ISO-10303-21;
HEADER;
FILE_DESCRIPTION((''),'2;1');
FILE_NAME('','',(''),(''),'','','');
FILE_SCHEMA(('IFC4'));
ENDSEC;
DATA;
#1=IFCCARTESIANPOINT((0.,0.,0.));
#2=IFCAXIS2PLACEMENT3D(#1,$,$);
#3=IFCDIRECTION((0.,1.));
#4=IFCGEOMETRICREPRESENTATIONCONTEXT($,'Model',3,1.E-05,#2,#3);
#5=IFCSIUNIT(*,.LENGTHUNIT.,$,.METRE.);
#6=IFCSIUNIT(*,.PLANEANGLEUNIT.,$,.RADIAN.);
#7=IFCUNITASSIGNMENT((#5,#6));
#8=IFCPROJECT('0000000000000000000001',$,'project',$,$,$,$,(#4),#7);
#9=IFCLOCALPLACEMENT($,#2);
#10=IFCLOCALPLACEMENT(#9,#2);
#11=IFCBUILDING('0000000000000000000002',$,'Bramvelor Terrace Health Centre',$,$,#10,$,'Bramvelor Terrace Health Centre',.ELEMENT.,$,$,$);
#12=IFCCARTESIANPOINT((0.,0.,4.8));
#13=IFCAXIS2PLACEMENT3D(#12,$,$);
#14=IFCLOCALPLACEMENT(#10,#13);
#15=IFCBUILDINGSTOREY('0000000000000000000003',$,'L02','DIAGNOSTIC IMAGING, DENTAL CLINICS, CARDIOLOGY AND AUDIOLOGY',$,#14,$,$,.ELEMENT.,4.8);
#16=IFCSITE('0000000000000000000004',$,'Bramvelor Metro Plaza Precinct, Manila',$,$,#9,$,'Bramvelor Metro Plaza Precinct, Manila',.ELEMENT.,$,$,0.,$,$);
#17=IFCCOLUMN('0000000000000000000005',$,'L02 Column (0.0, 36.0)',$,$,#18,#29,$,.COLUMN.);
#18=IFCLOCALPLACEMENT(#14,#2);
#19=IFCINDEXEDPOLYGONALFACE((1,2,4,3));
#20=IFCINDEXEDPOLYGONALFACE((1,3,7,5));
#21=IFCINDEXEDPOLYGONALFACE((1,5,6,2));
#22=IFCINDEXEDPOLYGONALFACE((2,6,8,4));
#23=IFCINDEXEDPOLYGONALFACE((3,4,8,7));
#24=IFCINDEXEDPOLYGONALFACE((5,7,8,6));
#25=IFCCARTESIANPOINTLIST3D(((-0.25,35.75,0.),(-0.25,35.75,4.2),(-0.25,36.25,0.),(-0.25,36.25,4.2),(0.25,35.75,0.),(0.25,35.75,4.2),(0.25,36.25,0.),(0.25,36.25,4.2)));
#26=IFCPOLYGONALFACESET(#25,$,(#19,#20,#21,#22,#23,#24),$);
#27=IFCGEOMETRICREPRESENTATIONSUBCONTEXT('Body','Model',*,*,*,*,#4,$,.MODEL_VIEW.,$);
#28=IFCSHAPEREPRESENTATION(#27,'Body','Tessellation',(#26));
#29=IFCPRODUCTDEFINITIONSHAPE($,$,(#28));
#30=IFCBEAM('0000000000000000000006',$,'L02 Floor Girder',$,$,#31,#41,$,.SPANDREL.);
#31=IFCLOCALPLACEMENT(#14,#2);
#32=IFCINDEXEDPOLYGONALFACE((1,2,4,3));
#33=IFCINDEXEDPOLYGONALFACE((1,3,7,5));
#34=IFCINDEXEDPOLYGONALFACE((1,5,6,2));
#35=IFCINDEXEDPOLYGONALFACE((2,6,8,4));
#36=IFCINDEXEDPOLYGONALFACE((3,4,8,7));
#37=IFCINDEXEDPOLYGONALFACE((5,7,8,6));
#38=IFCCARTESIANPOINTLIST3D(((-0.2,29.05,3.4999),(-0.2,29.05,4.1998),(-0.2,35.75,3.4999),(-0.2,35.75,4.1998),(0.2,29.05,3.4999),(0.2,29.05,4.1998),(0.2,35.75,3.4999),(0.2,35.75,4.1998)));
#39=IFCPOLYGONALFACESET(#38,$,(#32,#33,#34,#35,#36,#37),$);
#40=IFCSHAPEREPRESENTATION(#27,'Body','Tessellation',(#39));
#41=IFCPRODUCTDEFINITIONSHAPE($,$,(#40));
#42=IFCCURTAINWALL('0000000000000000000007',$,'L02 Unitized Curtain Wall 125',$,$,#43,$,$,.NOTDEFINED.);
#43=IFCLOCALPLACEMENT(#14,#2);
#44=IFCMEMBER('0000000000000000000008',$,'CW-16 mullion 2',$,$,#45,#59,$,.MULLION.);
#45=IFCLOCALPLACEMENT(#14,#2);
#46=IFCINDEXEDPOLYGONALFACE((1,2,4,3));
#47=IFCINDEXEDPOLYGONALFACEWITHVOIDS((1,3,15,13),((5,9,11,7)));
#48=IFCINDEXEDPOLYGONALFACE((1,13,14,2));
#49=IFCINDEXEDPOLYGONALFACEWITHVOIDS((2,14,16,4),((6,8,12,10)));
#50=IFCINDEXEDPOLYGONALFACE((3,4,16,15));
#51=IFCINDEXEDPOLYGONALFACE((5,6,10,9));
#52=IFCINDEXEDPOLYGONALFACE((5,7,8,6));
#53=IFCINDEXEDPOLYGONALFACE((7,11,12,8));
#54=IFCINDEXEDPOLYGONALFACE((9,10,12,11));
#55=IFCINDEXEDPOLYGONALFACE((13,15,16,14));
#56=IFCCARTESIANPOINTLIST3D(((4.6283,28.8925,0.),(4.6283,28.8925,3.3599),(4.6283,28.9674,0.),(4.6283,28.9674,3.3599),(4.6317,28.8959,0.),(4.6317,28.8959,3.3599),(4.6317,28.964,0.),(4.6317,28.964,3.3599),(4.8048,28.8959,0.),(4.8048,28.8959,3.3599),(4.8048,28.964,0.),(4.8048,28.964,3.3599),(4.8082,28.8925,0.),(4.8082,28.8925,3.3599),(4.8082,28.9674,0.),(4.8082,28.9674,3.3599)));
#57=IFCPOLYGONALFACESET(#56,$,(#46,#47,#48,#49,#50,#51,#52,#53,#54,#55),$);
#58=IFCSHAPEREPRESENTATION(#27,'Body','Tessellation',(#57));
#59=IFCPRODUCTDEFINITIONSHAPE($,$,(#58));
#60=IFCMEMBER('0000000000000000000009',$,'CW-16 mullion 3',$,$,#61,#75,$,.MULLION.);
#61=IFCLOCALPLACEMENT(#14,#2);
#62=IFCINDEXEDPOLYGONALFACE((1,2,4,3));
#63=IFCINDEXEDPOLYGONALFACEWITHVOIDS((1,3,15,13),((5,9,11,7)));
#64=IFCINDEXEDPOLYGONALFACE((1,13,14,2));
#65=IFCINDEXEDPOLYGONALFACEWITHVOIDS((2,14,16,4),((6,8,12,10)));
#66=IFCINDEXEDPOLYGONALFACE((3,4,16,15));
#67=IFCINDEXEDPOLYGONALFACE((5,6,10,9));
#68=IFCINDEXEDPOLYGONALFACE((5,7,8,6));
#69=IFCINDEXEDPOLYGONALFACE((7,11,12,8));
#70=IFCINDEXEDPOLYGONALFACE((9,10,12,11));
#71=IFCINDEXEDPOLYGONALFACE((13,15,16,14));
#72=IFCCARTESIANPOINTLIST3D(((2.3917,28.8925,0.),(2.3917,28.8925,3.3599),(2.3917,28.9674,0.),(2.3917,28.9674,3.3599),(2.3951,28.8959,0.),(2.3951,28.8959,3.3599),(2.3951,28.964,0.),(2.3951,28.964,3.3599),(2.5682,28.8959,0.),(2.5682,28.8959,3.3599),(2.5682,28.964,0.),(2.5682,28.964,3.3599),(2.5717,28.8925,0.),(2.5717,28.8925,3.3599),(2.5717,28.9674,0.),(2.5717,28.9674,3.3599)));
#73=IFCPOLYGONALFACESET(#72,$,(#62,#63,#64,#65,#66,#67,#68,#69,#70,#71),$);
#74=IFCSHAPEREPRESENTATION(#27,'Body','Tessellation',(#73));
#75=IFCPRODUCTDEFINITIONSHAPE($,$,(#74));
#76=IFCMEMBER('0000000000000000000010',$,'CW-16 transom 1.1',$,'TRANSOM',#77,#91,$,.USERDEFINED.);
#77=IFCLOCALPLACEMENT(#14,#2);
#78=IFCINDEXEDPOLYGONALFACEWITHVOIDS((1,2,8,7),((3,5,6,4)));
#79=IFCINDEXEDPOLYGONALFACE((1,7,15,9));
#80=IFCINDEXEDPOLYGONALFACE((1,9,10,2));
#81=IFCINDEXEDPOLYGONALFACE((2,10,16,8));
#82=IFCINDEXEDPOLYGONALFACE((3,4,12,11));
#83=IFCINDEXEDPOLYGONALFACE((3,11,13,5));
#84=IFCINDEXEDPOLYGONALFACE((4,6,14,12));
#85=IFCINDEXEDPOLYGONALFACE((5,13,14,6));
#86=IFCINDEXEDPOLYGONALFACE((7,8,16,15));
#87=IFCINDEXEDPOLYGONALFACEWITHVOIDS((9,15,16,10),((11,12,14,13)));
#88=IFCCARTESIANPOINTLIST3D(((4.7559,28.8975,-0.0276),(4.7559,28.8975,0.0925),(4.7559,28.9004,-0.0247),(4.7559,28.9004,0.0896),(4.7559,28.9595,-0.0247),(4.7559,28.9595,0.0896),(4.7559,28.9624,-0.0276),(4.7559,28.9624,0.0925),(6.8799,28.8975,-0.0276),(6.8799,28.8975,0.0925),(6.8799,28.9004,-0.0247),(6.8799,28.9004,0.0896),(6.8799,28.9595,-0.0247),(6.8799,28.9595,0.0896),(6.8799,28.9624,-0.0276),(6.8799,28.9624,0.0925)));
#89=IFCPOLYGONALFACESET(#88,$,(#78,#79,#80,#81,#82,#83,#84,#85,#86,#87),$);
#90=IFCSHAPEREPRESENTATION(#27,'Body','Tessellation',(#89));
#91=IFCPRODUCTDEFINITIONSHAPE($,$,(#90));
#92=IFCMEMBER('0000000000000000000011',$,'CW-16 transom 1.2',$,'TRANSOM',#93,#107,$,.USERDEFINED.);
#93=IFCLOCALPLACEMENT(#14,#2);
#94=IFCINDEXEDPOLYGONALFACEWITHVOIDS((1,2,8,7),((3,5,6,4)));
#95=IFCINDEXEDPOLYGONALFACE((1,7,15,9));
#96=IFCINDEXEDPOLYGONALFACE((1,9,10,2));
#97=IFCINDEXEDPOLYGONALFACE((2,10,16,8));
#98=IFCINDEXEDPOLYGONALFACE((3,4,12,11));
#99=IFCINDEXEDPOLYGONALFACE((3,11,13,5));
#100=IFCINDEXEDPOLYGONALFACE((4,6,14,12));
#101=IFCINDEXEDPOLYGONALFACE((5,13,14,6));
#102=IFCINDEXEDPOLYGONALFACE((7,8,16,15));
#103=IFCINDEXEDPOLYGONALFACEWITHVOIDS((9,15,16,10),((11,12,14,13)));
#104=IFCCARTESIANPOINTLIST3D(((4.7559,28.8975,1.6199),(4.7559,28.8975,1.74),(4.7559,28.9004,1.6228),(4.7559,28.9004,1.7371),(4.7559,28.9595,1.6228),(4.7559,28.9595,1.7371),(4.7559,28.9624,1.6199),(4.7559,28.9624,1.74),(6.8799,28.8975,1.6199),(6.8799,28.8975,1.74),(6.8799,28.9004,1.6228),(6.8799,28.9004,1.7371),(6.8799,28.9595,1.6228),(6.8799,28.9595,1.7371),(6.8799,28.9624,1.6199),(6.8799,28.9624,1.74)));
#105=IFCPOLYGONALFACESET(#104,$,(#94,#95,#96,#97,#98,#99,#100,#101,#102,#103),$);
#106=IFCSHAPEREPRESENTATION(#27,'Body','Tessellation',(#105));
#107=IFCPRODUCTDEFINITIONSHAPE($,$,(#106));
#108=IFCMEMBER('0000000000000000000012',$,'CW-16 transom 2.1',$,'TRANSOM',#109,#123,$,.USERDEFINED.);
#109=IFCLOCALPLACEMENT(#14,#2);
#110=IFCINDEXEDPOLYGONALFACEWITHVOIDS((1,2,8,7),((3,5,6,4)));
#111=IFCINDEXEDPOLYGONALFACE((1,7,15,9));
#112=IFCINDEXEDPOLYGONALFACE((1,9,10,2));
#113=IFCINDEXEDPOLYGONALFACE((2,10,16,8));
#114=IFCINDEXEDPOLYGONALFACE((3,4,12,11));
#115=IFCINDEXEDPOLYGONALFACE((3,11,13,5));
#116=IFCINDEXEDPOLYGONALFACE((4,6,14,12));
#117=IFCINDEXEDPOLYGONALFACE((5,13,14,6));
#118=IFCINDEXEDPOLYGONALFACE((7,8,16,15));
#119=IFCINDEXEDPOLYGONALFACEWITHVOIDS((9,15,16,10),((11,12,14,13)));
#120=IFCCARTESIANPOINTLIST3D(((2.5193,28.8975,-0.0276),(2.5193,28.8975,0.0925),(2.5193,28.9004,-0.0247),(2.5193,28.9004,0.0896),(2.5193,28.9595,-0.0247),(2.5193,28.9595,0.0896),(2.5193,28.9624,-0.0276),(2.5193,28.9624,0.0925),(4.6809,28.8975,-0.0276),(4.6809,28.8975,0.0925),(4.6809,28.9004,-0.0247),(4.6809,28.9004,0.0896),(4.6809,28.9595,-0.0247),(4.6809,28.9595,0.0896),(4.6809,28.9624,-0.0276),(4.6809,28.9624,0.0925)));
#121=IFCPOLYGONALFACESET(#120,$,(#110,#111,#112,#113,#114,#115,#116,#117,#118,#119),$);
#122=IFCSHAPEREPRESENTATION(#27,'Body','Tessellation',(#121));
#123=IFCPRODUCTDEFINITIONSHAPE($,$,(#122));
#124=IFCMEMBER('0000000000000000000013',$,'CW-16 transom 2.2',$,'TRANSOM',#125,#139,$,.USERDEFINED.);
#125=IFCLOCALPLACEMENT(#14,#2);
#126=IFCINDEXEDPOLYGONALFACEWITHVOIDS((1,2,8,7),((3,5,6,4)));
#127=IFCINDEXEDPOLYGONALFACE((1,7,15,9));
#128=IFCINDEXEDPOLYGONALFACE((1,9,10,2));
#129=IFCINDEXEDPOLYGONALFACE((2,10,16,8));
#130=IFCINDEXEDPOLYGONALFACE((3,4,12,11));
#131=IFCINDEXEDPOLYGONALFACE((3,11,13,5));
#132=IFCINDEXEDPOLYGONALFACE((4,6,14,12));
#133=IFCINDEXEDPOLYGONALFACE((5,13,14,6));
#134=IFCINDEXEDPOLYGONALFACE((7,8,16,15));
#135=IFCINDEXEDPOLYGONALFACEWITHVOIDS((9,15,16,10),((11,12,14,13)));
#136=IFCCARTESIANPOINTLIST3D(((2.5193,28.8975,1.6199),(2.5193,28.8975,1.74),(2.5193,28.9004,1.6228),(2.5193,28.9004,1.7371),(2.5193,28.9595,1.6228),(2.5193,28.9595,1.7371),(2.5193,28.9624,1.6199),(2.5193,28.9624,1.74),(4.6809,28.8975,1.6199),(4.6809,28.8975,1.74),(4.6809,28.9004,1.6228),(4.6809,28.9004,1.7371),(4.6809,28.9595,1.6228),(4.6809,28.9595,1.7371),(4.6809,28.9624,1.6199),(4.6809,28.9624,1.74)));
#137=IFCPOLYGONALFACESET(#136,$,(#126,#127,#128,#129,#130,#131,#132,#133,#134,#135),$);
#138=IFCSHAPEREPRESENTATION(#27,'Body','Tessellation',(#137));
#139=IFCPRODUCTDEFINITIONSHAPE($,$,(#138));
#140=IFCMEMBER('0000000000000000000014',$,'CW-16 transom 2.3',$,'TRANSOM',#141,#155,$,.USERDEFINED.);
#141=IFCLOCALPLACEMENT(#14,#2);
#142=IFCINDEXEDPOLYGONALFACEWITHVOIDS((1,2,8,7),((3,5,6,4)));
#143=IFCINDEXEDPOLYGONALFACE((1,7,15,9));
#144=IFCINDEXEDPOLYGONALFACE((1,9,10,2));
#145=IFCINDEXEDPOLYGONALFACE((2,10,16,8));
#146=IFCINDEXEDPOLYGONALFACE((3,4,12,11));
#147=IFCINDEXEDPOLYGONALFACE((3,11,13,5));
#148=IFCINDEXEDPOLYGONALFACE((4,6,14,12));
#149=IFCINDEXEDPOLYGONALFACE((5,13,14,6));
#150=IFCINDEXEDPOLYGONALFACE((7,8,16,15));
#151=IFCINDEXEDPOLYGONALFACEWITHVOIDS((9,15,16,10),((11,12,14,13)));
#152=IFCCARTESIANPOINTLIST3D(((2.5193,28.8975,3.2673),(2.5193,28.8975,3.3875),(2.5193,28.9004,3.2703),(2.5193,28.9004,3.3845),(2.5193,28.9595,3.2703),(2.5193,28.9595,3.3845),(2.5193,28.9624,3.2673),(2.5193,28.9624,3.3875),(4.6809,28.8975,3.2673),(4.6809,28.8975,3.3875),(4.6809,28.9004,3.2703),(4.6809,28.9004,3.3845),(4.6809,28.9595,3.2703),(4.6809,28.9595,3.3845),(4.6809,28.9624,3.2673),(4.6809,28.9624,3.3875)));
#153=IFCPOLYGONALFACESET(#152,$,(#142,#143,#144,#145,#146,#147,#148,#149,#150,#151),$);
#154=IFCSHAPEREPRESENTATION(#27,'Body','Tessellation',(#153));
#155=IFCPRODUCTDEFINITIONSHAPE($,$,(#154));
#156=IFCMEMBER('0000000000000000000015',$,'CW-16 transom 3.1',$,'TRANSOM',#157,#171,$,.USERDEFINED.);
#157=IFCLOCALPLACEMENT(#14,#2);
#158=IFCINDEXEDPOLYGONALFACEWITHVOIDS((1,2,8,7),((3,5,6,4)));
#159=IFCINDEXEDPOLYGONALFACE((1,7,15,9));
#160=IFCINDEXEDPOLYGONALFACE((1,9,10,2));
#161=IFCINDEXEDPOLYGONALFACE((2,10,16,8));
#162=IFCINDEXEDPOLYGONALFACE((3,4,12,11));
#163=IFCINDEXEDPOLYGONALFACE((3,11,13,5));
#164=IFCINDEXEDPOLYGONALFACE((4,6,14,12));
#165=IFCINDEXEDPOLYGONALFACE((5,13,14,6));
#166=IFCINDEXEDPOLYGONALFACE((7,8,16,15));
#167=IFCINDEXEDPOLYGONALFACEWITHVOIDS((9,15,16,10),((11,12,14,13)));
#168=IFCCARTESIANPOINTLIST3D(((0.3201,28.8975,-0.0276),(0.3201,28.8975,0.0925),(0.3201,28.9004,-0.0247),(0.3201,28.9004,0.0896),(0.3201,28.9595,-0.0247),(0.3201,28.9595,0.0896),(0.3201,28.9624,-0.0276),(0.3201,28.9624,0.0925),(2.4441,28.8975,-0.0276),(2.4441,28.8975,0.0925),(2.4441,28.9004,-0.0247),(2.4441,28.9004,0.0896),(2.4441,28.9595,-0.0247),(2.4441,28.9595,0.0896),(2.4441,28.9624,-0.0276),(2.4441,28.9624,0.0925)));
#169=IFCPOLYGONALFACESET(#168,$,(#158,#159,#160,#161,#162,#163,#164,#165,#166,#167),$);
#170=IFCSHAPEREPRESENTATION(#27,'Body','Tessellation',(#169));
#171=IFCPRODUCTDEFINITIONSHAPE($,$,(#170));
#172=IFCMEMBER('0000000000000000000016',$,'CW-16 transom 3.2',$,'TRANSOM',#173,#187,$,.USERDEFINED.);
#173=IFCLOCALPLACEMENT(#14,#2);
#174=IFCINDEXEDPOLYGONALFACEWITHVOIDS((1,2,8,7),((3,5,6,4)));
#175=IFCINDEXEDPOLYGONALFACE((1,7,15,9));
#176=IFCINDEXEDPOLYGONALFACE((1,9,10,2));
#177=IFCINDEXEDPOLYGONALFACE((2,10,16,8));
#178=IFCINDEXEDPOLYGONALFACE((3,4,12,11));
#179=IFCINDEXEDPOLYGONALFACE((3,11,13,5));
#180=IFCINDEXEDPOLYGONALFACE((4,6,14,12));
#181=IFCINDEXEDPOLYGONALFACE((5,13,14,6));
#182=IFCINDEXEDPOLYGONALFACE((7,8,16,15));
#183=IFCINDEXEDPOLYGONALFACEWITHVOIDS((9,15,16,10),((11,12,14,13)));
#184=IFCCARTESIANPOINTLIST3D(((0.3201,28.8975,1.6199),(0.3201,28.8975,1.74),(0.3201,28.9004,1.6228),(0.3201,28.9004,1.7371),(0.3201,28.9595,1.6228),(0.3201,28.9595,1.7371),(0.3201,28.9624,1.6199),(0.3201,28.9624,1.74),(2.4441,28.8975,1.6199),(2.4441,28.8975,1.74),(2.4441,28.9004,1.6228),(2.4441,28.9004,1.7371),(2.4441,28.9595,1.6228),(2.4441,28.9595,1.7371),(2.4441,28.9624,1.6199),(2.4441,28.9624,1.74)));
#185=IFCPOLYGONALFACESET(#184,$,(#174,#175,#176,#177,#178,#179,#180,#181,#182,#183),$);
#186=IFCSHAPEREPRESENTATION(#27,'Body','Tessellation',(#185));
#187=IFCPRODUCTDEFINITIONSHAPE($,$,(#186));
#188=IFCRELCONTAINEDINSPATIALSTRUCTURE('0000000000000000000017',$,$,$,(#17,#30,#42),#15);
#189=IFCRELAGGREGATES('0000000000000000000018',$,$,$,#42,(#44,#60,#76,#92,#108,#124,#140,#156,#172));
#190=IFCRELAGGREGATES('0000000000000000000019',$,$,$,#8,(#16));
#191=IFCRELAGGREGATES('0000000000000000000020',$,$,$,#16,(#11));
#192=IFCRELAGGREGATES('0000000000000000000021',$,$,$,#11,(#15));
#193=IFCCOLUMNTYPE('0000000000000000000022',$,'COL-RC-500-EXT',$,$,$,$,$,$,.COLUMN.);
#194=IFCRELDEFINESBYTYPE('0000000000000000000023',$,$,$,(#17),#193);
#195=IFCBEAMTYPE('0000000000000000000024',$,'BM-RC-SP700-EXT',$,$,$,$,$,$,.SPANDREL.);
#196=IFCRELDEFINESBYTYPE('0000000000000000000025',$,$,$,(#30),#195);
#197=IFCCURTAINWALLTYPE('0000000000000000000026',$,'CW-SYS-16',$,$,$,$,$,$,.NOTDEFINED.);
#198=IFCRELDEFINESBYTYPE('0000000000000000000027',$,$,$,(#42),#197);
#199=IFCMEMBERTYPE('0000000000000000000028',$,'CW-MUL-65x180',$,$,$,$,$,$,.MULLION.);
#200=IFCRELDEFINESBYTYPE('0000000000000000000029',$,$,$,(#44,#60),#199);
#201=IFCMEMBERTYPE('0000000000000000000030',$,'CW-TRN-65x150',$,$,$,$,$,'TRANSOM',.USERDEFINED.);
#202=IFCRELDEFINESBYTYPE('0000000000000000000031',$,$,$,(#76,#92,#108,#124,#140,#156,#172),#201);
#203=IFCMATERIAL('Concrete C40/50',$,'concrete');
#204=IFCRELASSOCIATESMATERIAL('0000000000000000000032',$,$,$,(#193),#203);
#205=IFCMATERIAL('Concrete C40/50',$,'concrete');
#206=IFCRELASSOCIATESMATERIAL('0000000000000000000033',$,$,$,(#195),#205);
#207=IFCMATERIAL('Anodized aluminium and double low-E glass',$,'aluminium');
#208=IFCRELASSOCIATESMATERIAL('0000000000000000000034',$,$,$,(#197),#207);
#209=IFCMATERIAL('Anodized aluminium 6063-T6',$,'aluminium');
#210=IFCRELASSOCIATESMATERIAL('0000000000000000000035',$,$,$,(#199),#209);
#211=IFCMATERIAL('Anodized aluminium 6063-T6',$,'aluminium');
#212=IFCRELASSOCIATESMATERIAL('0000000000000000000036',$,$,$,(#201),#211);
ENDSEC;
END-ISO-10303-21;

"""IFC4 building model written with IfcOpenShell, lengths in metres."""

from ifc_helpers import new_model, si_unit, direction, frame, origin, origin_2d, place, context, subcontext, project, spatial, rectangle, hollow_rectangle, extrude, material, material_profile, profile_set, type_object, element, aggregate, save


model = new_model("IFC4")

# Units and contexts
model_context = context("Model", 3, precision=1e-05, world=origin(), true_north=direction((0.0, 1.0)))
body_context = subcontext(model_context, "Body", "Model", "MODEL_VIEW")
ifc_project = project(units=[si_unit("LENGTHUNIT", "METRE"), si_unit("PLANEANGLEUNIT", "RADIAN")], contexts=[model_context])

# Site, building, storey
site_placement = place(None, origin())
site = spatial("IfcSite", under=ifc_project, at=site_placement, Name="Bramvelor Metro Plaza Precinct, Manila", LongName="Bramvelor Metro Plaza Precinct, Manila", CompositionType="ELEMENT", RefElevation=0.0)
building_placement = place(site_placement, origin())
building = spatial("IfcBuilding", under=site, at=building_placement, Name="Bramvelor Terrace Health Centre", LongName="Bramvelor Terrace Health Centre", CompositionType="ELEMENT")
storey_placement = place(building_placement, frame((0.0, 0.0, 4.8)))
storey = spatial("IfcBuildingStorey", under=building, at=storey_placement, Name="L02", Description="DIAGNOSTIC IMAGING, DENTAL CLINICS, CARDIOLOGY AND AUDIOLOGY", CompositionType="ELEMENT", Elevation=4.8)

# Column
ifc_material_1 = material(Name="Concrete C40/50", Category="concrete")
ifc_material_profile_1 = material_profile(ifc_material_1, rectangle(XDim=0.5, YDim=0.5, at=origin_2d()), Name="RC 500x500")
ifc_profile_set_1 = profile_set([ifc_material_profile_1], Name="Concrete C40/50")
column_type = type_object("IfcColumnType", Name="COL-RC-500-EXT", PredefinedType="COLUMN", material=ifc_profile_set_1)
column_placement = place(storey_placement, frame((0.0, 36.0, 0.0), z_axis=(0.0, 0.0, 1.0), x_axis=(1.0, 0.0, 0.0)))
element("IfcColumn", 1, at=column_placement, inside=storey, type_object=column_type, Name="L02 Column (0.0, 36.0)", PredefinedType="COLUMN", context=body_context, shape_type="SweptSolid", body=[
    extrude(rectangle(XDim=0.5, YDim=0.5, at=origin_2d()), origin(), (0.0, 0.0, 1.0), 4.2),
])

# Beam
ifc_material_2 = material(Name="Concrete C40/50", Category="concrete")
ifc_material_profile_2 = material_profile(ifc_material_2, rectangle(XDim=0.3999, YDim=0.7, at=origin_2d()), Name="RC 400x700")
ifc_profile_set_2 = profile_set([ifc_material_profile_2], Name="Concrete C40/50")
beam_type = type_object("IfcBeamType", Name="BM-RC-SP700-EXT", PredefinedType="SPANDREL", material=ifc_profile_set_2)
beam_placement = place(storey_placement, frame((0.0, 29.05, 3.8499), z_axis=(0.0, 1.0, 0.0), x_axis=(-1.0, 0.0, 0.0)))
element("IfcBeam", 2, at=beam_placement, inside=storey, type_object=beam_type, Name="L02 Floor Girder", PredefinedType="SPANDREL", context=body_context, shape_type="SweptSolid", body=[
    extrude(rectangle(XDim=0.3999, YDim=0.7, at=origin_2d()), origin(), (0.0, 0.0, 1.0), 6.7),
])

# Curtain wall, members
ifc_material_3 = material(Name="Anodized aluminium and double low-E glass", Category="aluminium")
curtain_wall_type = type_object("IfcCurtainWallType", Name="CW-SYS-16", PredefinedType="NOTDEFINED", material=ifc_material_3)
curtain_wall_placement = place(storey_placement, origin())
curtain_wall = element("IfcCurtainWall", 3, at=curtain_wall_placement, inside=storey, type_object=curtain_wall_type, Name="L02 Unitized Curtain Wall 125", PredefinedType="NOTDEFINED")
ifc_material_4 = material(Name="Anodized aluminium 6063-T6", Category="aluminium")
ifc_material_profile_3 = material_profile(ifc_material_4, hollow_rectangle(XDim=0.075, YDim=0.1799, WallThickness=0.0034, at=origin_2d()), Name="ALU-MUL 75x180x3.5")
ifc_profile_set_3 = profile_set([ifc_material_profile_3], Name="Anodized aluminium 6063-T6")
member_type_1 = type_object("IfcMemberType", Name="CW-MUL-65x180", PredefinedType="MULLION", material=ifc_profile_set_3)
member_1_placement = place(storey_placement, frame((4.7183, 28.9299, 0.0), z_axis=(0.0, 0.0, 1.0), x_axis=(0.0, -1.0, 0.0)))
member_1 = element("IfcMember", 4, at=member_1_placement, type_object=member_type_1, Name="CW-16 mullion 2", PredefinedType="MULLION", context=body_context, shape_type="SweptSolid", body=[
    extrude(hollow_rectangle(XDim=0.075, YDim=0.1799, WallThickness=0.0034, at=origin_2d()), origin(), (0.0, 0.0, 1.0), 3.3599),
])
member_2_placement = place(storey_placement, frame((2.4817, 28.9299, 0.0), z_axis=(0.0, 0.0, 1.0), x_axis=(0.0, -1.0, 0.0)))
member_2 = element("IfcMember", 5, at=member_2_placement, type_object=member_type_1, Name="CW-16 mullion 3", PredefinedType="MULLION", context=body_context, shape_type="SweptSolid", body=[
    extrude(hollow_rectangle(XDim=0.075, YDim=0.1799, WallThickness=0.0034, at=origin_2d()), origin(), (0.0, 0.0, 1.0), 3.3599),
])
ifc_material_5 = material(Name="Anodized aluminium 6063-T6", Category="aluminium")
ifc_material_profile_4 = material_profile(ifc_material_5, hollow_rectangle(XDim=0.0649, YDim=0.1201, WallThickness=0.0029, at=origin_2d()), Name="ALU-TRN 65x120x3.0")
ifc_profile_set_4 = profile_set([ifc_material_profile_4], Name="Anodized aluminium 6063-T6")
member_type_2 = type_object("IfcMemberType", Name="CW-TRN-65x150", ElementType="TRANSOM", PredefinedType="USERDEFINED", material=ifc_profile_set_4)
member_3_placement = place(storey_placement, frame((6.8799, 28.9299, 0.0325), z_axis=(-1.0, 0.0, 0.0), x_axis=(0.0, -1.0, 0.0)))
member_3 = element("IfcMember", 6, at=member_3_placement, type_object=member_type_2, Name="CW-16 transom 1.1", ObjectType="TRANSOM", PredefinedType="USERDEFINED", context=body_context, shape_type="SweptSolid", body=[
    extrude(hollow_rectangle(XDim=0.0649, YDim=0.1201, WallThickness=0.0029, at=origin_2d()), origin(), (0.0, 0.0, 1.0), 2.124),
])
member_4_placement = place(storey_placement, frame((6.8799, 28.9299, 1.6799), z_axis=(-1.0, 0.0, 0.0), x_axis=(0.0, -1.0, 0.0)))
member_4 = element("IfcMember", 7, at=member_4_placement, type_object=member_type_2, Name="CW-16 transom 1.2", ObjectType="TRANSOM", PredefinedType="USERDEFINED", context=body_context, shape_type="SweptSolid", body=[
    extrude(hollow_rectangle(XDim=0.0649, YDim=0.1201, WallThickness=0.0029, at=origin_2d()), origin(), (0.0, 0.0, 1.0), 2.124),
])
member_5_placement = place(storey_placement, frame((4.6809, 28.9299, 0.0325), z_axis=(-1.0, 0.0, 0.0), x_axis=(0.0, -1.0, 0.0)))
member_5 = element("IfcMember", 8, at=member_5_placement, type_object=member_type_2, Name="CW-16 transom 2.1", ObjectType="TRANSOM", PredefinedType="USERDEFINED", context=body_context, shape_type="SweptSolid", body=[
    extrude(hollow_rectangle(XDim=0.0649, YDim=0.1201, WallThickness=0.0029, at=origin_2d()), origin(), (0.0, 0.0, 1.0), 2.1616),
])
member_6_placement = place(storey_placement, frame((4.6809, 28.9299, 1.6799), z_axis=(-1.0, 0.0, 0.0), x_axis=(0.0, -1.0, 0.0)))
member_6 = element("IfcMember", 9, at=member_6_placement, type_object=member_type_2, Name="CW-16 transom 2.2", ObjectType="TRANSOM", PredefinedType="USERDEFINED", context=body_context, shape_type="SweptSolid", body=[
    extrude(hollow_rectangle(XDim=0.0649, YDim=0.1201, WallThickness=0.0029, at=origin_2d()), origin(), (0.0, 0.0, 1.0), 2.1616),
])
member_7_placement = place(storey_placement, frame((4.6809, 28.9299, 3.3274), z_axis=(-1.0, 0.0, 0.0), x_axis=(0.0, -1.0, 0.0)))
member_7 = element("IfcMember", 10, at=member_7_placement, type_object=member_type_2, Name="CW-16 transom 2.3", ObjectType="TRANSOM", PredefinedType="USERDEFINED", context=body_context, shape_type="SweptSolid", body=[
    extrude(hollow_rectangle(XDim=0.0649, YDim=0.1201, WallThickness=0.0029, at=origin_2d()), origin(), (0.0, 0.0, 1.0), 2.1616),
])
member_8_placement = place(storey_placement, frame((2.4441, 28.9299, 0.0325), z_axis=(-1.0, 0.0, 0.0), x_axis=(0.0, -1.0, 0.0)))
member_8 = element("IfcMember", 11, at=member_8_placement, type_object=member_type_2, Name="CW-16 transom 3.1", ObjectType="TRANSOM", PredefinedType="USERDEFINED", context=body_context, shape_type="SweptSolid", body=[
    extrude(hollow_rectangle(XDim=0.0649, YDim=0.1201, WallThickness=0.0029, at=origin_2d()), origin(), (0.0, 0.0, 1.0), 2.124),
])
member_9_placement = place(storey_placement, frame((2.4441, 28.9299, 1.6799), z_axis=(-1.0, 0.0, 0.0), x_axis=(0.0, -1.0, 0.0)))
member_9 = element("IfcMember", 12, at=member_9_placement, type_object=member_type_2, Name="CW-16 transom 3.2", ObjectType="TRANSOM", PredefinedType="USERDEFINED", context=body_context, shape_type="SweptSolid", body=[
    extrude(hollow_rectangle(XDim=0.0649, YDim=0.1201, WallThickness=0.0029, at=origin_2d()), origin(), (0.0, 0.0, 1.0), 2.124),
])
aggregate(curtain_wall, [member_1, member_2, member_3, member_4, member_5, member_6, member_7, member_8, member_9])

save(model, "model.ifc")
